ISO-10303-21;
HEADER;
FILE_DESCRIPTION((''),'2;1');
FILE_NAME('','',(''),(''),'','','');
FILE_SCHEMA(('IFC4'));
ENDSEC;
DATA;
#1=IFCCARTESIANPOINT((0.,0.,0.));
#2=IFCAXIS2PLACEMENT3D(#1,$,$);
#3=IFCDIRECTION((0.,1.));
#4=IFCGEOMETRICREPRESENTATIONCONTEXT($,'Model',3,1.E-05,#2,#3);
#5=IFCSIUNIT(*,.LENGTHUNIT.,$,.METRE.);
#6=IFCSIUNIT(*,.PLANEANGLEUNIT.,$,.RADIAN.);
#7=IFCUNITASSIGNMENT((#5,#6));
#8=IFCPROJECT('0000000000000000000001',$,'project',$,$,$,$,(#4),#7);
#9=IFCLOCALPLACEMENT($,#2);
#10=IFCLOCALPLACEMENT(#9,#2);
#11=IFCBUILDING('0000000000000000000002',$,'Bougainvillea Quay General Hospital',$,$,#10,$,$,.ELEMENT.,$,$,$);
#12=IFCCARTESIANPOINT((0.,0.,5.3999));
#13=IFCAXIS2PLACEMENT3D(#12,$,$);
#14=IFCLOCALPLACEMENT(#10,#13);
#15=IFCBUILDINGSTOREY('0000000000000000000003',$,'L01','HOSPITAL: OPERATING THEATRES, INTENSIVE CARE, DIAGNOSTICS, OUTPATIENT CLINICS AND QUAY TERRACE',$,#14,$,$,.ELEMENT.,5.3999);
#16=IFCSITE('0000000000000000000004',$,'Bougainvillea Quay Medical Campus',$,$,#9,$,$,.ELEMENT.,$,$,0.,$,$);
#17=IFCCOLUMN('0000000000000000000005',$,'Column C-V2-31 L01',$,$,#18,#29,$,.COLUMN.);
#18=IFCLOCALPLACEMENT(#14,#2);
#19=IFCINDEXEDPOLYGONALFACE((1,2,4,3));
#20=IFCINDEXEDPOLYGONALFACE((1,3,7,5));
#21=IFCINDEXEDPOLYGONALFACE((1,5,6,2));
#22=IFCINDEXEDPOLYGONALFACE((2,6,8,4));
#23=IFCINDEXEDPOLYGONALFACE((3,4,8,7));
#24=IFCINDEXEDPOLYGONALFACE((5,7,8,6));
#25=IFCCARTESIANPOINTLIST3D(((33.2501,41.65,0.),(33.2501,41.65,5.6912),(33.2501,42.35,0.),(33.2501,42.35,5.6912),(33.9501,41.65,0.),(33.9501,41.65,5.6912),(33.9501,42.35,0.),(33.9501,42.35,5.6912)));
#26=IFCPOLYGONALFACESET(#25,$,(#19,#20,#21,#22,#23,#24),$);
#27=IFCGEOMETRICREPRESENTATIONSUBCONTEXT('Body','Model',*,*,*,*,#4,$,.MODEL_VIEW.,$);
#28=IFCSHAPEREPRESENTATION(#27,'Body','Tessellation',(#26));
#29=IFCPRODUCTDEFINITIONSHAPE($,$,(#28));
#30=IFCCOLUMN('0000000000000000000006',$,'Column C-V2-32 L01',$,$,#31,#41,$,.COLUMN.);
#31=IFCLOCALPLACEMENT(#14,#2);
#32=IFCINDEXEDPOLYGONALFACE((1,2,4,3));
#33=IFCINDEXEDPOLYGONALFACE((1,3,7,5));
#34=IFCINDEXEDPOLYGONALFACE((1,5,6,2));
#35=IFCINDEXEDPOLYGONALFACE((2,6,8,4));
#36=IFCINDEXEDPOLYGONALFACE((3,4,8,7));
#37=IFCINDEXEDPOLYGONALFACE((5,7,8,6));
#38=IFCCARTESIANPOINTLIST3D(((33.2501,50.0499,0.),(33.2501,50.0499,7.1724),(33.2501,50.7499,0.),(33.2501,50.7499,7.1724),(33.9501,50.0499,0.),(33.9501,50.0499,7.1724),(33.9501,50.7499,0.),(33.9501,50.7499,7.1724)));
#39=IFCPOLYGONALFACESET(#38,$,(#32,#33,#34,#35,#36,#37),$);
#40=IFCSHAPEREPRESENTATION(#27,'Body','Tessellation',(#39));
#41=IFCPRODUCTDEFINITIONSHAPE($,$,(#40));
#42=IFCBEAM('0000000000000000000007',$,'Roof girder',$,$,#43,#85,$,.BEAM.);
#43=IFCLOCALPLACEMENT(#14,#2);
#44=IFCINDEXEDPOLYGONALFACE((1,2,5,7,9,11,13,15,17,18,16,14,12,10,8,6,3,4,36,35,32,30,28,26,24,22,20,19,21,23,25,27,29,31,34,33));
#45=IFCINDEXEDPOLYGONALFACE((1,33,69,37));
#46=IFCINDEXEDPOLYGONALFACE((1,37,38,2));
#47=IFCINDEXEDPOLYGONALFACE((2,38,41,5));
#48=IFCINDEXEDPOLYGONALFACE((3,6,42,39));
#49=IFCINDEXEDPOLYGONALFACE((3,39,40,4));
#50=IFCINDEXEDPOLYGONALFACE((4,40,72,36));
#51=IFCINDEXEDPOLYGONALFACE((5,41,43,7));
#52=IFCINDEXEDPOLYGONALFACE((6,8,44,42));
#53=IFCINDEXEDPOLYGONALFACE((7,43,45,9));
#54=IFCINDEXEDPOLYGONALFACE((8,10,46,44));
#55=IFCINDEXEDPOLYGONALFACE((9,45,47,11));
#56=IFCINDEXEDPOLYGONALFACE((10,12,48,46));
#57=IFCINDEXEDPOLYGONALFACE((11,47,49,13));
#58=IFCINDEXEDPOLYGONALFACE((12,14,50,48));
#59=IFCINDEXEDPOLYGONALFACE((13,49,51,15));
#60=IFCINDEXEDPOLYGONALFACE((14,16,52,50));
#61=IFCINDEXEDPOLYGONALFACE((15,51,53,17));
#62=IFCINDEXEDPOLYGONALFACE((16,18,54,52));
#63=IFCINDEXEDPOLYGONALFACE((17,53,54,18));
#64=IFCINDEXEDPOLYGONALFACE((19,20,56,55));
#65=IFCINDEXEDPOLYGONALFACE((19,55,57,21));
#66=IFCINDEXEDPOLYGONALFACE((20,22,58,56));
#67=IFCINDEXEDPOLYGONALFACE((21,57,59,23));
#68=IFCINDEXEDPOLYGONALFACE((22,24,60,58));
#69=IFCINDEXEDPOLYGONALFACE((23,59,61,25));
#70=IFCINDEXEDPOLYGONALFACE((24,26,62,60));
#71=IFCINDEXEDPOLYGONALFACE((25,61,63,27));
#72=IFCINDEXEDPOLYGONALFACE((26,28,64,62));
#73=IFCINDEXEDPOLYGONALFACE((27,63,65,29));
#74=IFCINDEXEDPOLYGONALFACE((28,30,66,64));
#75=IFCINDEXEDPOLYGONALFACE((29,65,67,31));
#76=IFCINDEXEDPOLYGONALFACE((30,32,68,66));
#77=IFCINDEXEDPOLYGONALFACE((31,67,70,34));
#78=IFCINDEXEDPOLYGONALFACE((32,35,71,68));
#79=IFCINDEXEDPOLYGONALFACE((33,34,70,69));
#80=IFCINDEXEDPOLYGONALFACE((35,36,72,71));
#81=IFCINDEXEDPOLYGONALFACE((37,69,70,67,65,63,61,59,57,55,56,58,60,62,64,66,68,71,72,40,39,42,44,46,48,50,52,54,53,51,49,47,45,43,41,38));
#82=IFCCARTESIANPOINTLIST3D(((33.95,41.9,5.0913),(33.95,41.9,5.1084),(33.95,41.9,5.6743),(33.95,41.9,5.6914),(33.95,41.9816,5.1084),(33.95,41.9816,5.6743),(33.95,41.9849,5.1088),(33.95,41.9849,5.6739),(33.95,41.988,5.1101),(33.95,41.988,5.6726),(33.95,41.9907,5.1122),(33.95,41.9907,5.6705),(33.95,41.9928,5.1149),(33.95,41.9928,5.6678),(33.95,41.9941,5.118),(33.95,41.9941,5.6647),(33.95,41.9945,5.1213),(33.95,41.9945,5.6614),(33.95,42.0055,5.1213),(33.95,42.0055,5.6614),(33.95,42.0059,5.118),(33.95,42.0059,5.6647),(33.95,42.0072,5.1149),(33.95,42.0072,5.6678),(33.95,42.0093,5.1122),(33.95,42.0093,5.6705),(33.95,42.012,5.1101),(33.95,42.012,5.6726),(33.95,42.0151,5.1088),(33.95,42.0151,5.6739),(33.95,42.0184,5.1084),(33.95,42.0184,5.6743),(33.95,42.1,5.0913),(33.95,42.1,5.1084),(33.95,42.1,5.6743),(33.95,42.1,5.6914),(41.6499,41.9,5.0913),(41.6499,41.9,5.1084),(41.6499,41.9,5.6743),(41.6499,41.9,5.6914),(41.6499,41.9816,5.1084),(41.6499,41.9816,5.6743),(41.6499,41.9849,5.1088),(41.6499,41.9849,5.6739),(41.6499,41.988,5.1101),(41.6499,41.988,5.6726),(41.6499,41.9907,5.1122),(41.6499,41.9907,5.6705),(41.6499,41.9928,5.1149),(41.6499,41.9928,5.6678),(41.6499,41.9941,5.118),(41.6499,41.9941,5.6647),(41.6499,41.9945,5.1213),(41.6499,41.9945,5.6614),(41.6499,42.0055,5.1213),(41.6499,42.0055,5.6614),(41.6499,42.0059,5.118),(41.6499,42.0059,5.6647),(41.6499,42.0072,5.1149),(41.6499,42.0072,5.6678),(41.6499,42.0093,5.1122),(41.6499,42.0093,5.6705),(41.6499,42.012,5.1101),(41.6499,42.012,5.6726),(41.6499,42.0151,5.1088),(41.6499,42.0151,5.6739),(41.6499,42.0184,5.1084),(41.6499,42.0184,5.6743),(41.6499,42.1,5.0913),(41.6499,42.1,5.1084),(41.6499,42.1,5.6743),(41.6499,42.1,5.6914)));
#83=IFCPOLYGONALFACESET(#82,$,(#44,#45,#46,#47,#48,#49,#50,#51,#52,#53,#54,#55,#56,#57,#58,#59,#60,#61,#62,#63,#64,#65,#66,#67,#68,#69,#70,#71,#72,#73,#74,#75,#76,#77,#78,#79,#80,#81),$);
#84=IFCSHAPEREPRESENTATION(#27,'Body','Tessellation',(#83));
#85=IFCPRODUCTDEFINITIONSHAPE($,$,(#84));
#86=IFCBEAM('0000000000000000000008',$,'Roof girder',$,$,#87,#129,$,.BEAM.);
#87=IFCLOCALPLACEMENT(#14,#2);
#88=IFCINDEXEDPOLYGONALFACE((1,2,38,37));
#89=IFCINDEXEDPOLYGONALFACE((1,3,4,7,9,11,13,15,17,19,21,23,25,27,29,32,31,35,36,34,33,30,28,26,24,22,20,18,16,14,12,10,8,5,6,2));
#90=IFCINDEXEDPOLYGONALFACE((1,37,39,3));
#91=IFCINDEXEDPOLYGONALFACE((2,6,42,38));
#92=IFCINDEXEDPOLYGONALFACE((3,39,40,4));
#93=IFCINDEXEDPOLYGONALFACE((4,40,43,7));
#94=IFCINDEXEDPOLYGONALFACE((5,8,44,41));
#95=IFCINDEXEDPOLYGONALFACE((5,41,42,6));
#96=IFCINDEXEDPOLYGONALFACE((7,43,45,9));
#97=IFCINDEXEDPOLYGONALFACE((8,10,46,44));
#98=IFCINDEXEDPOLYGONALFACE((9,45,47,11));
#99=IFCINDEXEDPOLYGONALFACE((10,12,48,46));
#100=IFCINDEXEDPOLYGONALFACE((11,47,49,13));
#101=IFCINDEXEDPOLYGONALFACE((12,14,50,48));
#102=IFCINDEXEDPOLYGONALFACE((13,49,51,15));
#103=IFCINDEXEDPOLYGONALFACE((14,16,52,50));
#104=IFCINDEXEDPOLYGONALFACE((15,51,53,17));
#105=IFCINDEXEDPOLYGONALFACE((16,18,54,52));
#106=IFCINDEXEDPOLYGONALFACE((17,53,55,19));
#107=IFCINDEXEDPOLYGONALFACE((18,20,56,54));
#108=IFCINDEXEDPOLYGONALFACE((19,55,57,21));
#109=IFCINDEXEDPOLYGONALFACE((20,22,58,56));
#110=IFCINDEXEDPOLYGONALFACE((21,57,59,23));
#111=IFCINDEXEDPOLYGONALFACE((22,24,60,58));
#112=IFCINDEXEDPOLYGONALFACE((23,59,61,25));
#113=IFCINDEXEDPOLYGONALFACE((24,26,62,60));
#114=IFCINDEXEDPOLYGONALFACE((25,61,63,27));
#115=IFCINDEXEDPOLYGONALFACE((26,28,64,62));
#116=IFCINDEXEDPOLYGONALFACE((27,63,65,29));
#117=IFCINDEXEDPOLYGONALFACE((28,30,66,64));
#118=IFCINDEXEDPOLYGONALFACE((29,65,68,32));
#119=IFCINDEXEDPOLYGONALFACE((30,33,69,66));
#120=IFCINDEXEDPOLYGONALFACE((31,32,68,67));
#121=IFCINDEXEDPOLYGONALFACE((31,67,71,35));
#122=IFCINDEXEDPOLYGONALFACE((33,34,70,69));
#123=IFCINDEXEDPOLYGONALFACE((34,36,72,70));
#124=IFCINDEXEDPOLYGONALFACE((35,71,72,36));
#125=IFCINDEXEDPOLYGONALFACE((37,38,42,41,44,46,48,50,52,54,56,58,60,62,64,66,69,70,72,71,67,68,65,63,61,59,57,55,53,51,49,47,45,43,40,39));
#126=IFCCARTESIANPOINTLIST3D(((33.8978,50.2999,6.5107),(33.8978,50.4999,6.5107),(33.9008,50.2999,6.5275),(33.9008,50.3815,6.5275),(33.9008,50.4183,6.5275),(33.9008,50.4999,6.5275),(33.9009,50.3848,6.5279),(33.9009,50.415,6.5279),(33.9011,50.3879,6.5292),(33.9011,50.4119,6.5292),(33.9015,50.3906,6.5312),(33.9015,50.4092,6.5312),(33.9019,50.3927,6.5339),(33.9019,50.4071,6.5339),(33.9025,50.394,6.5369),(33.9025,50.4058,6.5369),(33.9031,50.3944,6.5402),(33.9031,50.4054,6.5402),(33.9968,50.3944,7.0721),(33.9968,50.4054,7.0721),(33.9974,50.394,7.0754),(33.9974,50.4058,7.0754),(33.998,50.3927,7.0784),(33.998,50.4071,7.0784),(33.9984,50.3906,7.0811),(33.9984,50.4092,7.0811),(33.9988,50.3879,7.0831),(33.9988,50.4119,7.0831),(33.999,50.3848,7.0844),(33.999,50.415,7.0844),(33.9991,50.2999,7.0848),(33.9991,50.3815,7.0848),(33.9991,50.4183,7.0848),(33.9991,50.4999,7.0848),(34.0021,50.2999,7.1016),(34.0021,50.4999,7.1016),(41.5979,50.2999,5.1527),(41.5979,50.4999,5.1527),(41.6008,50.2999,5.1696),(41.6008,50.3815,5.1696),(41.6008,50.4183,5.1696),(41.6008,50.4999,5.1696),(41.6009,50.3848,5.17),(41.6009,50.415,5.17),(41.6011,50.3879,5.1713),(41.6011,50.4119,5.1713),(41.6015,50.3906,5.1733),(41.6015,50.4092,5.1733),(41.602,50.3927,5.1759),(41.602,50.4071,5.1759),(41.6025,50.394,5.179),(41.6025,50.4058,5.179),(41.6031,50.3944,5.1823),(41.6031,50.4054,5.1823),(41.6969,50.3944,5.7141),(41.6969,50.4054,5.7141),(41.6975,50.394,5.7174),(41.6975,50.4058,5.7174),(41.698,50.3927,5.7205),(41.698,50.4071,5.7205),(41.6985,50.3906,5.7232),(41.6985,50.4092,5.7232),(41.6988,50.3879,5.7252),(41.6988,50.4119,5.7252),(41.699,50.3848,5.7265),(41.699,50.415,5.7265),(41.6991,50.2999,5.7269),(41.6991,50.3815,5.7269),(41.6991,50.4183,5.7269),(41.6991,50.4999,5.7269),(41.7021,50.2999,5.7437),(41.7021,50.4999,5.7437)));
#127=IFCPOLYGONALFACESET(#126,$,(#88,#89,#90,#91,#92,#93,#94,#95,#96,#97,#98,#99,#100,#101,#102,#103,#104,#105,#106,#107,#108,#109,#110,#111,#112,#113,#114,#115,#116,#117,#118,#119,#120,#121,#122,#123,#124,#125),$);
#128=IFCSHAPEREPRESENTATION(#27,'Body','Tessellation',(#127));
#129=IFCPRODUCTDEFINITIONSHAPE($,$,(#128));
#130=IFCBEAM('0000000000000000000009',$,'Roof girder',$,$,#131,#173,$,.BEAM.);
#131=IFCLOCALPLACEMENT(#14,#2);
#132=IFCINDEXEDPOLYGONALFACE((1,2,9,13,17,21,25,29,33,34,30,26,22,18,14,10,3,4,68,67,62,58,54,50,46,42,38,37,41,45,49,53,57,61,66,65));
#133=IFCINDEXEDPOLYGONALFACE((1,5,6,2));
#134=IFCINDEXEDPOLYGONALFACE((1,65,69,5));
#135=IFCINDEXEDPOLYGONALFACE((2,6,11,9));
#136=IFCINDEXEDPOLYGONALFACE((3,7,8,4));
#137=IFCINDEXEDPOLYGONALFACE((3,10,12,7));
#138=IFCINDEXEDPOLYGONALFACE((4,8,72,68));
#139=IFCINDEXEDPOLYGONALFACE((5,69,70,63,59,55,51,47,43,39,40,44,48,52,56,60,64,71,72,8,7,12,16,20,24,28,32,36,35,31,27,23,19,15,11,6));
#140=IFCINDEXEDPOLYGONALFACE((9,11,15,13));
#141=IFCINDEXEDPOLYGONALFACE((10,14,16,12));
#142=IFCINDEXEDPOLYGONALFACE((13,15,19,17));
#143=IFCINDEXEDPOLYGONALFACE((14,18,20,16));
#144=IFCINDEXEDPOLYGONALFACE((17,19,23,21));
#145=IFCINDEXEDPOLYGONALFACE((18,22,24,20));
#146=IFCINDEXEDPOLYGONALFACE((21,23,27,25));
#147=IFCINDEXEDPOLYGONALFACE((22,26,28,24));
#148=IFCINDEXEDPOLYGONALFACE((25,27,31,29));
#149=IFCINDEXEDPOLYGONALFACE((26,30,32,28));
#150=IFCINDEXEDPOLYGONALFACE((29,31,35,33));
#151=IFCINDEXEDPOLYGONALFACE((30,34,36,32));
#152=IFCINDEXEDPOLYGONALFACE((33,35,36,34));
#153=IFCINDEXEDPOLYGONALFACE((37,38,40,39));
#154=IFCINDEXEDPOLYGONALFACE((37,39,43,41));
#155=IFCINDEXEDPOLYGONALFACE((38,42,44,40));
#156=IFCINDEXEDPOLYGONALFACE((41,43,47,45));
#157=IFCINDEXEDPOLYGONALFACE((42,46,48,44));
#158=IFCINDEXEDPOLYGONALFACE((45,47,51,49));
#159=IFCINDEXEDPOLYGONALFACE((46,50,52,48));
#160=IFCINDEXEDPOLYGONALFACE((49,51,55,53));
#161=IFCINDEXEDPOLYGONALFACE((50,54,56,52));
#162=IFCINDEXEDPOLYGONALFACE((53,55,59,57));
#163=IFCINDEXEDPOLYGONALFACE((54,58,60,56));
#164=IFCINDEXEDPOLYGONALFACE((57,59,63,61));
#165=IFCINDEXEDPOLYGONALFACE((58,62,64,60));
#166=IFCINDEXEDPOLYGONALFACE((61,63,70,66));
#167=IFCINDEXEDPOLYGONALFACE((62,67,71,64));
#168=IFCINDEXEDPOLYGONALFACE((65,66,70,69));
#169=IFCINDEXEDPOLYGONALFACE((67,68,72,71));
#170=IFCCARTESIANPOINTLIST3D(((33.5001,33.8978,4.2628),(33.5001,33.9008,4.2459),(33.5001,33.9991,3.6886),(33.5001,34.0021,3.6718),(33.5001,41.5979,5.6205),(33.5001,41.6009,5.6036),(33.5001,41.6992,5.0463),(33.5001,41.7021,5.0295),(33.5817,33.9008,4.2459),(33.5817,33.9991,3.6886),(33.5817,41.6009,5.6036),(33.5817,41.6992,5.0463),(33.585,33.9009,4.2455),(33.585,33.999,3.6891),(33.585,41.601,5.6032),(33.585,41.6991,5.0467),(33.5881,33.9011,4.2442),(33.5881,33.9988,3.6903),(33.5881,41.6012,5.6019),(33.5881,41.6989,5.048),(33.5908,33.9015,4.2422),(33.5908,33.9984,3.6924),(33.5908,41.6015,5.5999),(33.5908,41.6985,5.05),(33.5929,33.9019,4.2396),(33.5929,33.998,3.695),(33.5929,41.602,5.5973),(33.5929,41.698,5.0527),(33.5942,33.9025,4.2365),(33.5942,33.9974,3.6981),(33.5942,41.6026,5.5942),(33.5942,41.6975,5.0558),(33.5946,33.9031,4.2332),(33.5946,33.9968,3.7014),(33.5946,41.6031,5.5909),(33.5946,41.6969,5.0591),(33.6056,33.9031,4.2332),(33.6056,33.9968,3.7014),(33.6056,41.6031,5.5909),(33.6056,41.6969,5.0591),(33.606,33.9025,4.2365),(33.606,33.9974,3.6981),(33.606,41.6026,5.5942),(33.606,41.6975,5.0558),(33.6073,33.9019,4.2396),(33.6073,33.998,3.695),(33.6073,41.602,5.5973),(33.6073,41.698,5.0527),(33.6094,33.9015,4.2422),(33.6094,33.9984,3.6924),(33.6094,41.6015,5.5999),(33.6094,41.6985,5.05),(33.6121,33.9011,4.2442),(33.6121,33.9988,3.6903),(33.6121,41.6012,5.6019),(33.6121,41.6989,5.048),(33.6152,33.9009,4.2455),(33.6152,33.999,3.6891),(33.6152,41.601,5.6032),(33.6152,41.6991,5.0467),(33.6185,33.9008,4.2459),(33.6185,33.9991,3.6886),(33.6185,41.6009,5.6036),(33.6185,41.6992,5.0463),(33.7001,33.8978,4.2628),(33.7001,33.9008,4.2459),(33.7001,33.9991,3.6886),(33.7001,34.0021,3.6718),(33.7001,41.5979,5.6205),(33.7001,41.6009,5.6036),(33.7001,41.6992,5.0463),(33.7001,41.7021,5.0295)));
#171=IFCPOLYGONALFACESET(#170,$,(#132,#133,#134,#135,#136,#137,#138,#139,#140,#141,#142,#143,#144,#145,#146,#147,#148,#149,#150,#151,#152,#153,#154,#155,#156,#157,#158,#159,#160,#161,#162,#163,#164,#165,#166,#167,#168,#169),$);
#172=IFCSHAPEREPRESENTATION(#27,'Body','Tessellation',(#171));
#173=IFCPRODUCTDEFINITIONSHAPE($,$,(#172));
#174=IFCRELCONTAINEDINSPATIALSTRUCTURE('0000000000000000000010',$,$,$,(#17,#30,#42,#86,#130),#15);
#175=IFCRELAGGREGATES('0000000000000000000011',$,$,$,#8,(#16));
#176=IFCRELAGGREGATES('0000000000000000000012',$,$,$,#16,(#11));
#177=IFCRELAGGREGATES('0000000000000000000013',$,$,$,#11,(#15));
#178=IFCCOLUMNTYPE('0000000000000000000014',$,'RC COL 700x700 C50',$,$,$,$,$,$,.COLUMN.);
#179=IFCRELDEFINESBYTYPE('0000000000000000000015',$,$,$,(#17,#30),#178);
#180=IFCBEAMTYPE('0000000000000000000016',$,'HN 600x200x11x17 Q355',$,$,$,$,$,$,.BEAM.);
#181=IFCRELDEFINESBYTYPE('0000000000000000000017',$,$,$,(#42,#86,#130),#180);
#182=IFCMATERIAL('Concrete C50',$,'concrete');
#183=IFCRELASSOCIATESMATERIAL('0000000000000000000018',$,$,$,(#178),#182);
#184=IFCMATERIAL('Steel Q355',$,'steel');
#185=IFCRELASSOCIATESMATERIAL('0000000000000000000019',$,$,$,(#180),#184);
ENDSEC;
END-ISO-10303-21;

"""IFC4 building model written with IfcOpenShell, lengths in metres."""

from ifc_helpers import new_model, si_unit, direction, frame, origin, origin_2d, place, context, subcontext, project, spatial, rectangle, i_section, extrude, material, material_profile, profile_set, type_object, element, save


model = new_model("IFC4")

# Units and contexts
model_context = context("Model", 3, precision=1e-05, world=origin(), true_north=direction((0.0, 1.0)))
body_context = subcontext(model_context, "Body", "Model", "MODEL_VIEW")
ifc_project = project(units=[si_unit("LENGTHUNIT", "METRE"), si_unit("PLANEANGLEUNIT", "RADIAN")], contexts=[model_context])

# Site, building, storey
site_placement = place(None, origin())
site = spatial("IfcSite", under=ifc_project, at=site_placement, Name="Bougainvillea Quay Medical Campus", CompositionType="ELEMENT", RefElevation=0.0)
building_placement = place(site_placement, origin())
building = spatial("IfcBuilding", under=site, at=building_placement, Name="Bougainvillea Quay General Hospital", CompositionType="ELEMENT")
storey_placement = place(building_placement, frame((0.0, 0.0, 5.3999)))
storey = spatial("IfcBuildingStorey", under=building, at=storey_placement, Name="L01", Description="HOSPITAL: OPERATING THEATRES, INTENSIVE CARE, DIAGNOSTICS, OUTPATIENT CLINICS AND QUAY TERRACE", CompositionType="ELEMENT", Elevation=5.3999)

# Columns
ifc_material_1 = material(Name="Concrete C50", Category="concrete")
ifc_material_profile_1 = material_profile(ifc_material_1, rectangle(XDim=0.7, YDim=0.7, at=origin_2d()))
ifc_profile_set_1 = profile_set([ifc_material_profile_1], Name="Concrete C50")
column_type = type_object("IfcColumnType", Name="RC COL 700x700 C50", PredefinedType="COLUMN", material=ifc_profile_set_1)
column_1_placement = place(storey_placement, frame((33.6001, 42.0, 0.0), z_axis=(0.0, 0.0, 1.0), x_axis=(1.0, 0.0, 0.0)))
element("IfcColumn", 1, at=column_1_placement, inside=storey, type_object=column_type, Name="Column C-V2-31 L01", PredefinedType="COLUMN", context=body_context, shape_type="SweptSolid", body=[
    extrude(rectangle(XDim=0.7, YDim=0.7, at=origin_2d()), origin(), (0.0, 0.0, 1.0), 5.6912),
])
column_2_placement = place(storey_placement, frame((33.6001, 50.3999, 0.0), z_axis=(0.0, 0.0, 1.0), x_axis=(1.0, 0.0, 0.0)))
element("IfcColumn", 2, at=column_2_placement, inside=storey, type_object=column_type, Name="Column C-V2-32 L01", PredefinedType="COLUMN", context=body_context, shape_type="SweptSolid", body=[
    extrude(rectangle(XDim=0.7, YDim=0.7, at=origin_2d()), origin(), (0.0, 0.0, 1.0), 7.1724),
])

# Beams
ifc_material_2 = material(Name="Steel Q355", Category="steel")
ifc_material_profile_2 = material_profile(ifc_material_2, i_section(OverallWidth=0.2, OverallDepth=0.6001, WebThickness=0.011, FlangeThickness=0.0171, FilletRadius=0.0129, at=origin_2d()))
ifc_profile_set_2 = profile_set([ifc_material_profile_2], Name="Steel Q355")
beam_type = type_object("IfcBeamType", Name="HN 600x200x11x17 Q355", PredefinedType="BEAM", material=ifc_profile_set_2)
beam_1_placement = place(storey_placement, frame((33.95, 42.0, 5.3914), z_axis=(1.0, 0.0, 0.0), x_axis=(0.0, 1.0, 0.0)))
element("IfcBeam", 3, at=beam_1_placement, inside=storey, type_object=beam_type, Name="Roof girder", PredefinedType="BEAM", context=body_context, shape_type="SweptSolid", body=[
    extrude(i_section(OverallWidth=0.2, OverallDepth=0.6001, WebThickness=0.011, FlangeThickness=0.0171, FilletRadius=0.0129, at=origin_2d()), origin(), (0.0, 0.0, 1.0), 7.7),
])
for number, where, z_axis, x_axis, name in (
    (4, (33.95, 50.3999, 6.8062), (0.984803, 0.0, -0.173673), (0.0, 1.0, 0.0), "Roof girder"),
    (5, (33.6001, 33.95, 3.9673), (0.0, 0.984809, 0.173643), (-1.0, 0.0, 0.0), "Roof girder"),
):
    element("IfcBeam", number, at=place(storey_placement, frame(where, z_axis=z_axis, x_axis=x_axis)), inside=storey, type_object=beam_type, Name=name, PredefinedType="BEAM", context=body_context, shape_type="SweptSolid", body=[
        extrude(i_section(OverallWidth=0.2, OverallDepth=0.6001, WebThickness=0.011, FlangeThickness=0.0171, FilletRadius=0.0129, at=origin_2d()), origin(), (0.0, 0.0, 1.0), 7.8188),
    ])

save(model, "model.ifc")
